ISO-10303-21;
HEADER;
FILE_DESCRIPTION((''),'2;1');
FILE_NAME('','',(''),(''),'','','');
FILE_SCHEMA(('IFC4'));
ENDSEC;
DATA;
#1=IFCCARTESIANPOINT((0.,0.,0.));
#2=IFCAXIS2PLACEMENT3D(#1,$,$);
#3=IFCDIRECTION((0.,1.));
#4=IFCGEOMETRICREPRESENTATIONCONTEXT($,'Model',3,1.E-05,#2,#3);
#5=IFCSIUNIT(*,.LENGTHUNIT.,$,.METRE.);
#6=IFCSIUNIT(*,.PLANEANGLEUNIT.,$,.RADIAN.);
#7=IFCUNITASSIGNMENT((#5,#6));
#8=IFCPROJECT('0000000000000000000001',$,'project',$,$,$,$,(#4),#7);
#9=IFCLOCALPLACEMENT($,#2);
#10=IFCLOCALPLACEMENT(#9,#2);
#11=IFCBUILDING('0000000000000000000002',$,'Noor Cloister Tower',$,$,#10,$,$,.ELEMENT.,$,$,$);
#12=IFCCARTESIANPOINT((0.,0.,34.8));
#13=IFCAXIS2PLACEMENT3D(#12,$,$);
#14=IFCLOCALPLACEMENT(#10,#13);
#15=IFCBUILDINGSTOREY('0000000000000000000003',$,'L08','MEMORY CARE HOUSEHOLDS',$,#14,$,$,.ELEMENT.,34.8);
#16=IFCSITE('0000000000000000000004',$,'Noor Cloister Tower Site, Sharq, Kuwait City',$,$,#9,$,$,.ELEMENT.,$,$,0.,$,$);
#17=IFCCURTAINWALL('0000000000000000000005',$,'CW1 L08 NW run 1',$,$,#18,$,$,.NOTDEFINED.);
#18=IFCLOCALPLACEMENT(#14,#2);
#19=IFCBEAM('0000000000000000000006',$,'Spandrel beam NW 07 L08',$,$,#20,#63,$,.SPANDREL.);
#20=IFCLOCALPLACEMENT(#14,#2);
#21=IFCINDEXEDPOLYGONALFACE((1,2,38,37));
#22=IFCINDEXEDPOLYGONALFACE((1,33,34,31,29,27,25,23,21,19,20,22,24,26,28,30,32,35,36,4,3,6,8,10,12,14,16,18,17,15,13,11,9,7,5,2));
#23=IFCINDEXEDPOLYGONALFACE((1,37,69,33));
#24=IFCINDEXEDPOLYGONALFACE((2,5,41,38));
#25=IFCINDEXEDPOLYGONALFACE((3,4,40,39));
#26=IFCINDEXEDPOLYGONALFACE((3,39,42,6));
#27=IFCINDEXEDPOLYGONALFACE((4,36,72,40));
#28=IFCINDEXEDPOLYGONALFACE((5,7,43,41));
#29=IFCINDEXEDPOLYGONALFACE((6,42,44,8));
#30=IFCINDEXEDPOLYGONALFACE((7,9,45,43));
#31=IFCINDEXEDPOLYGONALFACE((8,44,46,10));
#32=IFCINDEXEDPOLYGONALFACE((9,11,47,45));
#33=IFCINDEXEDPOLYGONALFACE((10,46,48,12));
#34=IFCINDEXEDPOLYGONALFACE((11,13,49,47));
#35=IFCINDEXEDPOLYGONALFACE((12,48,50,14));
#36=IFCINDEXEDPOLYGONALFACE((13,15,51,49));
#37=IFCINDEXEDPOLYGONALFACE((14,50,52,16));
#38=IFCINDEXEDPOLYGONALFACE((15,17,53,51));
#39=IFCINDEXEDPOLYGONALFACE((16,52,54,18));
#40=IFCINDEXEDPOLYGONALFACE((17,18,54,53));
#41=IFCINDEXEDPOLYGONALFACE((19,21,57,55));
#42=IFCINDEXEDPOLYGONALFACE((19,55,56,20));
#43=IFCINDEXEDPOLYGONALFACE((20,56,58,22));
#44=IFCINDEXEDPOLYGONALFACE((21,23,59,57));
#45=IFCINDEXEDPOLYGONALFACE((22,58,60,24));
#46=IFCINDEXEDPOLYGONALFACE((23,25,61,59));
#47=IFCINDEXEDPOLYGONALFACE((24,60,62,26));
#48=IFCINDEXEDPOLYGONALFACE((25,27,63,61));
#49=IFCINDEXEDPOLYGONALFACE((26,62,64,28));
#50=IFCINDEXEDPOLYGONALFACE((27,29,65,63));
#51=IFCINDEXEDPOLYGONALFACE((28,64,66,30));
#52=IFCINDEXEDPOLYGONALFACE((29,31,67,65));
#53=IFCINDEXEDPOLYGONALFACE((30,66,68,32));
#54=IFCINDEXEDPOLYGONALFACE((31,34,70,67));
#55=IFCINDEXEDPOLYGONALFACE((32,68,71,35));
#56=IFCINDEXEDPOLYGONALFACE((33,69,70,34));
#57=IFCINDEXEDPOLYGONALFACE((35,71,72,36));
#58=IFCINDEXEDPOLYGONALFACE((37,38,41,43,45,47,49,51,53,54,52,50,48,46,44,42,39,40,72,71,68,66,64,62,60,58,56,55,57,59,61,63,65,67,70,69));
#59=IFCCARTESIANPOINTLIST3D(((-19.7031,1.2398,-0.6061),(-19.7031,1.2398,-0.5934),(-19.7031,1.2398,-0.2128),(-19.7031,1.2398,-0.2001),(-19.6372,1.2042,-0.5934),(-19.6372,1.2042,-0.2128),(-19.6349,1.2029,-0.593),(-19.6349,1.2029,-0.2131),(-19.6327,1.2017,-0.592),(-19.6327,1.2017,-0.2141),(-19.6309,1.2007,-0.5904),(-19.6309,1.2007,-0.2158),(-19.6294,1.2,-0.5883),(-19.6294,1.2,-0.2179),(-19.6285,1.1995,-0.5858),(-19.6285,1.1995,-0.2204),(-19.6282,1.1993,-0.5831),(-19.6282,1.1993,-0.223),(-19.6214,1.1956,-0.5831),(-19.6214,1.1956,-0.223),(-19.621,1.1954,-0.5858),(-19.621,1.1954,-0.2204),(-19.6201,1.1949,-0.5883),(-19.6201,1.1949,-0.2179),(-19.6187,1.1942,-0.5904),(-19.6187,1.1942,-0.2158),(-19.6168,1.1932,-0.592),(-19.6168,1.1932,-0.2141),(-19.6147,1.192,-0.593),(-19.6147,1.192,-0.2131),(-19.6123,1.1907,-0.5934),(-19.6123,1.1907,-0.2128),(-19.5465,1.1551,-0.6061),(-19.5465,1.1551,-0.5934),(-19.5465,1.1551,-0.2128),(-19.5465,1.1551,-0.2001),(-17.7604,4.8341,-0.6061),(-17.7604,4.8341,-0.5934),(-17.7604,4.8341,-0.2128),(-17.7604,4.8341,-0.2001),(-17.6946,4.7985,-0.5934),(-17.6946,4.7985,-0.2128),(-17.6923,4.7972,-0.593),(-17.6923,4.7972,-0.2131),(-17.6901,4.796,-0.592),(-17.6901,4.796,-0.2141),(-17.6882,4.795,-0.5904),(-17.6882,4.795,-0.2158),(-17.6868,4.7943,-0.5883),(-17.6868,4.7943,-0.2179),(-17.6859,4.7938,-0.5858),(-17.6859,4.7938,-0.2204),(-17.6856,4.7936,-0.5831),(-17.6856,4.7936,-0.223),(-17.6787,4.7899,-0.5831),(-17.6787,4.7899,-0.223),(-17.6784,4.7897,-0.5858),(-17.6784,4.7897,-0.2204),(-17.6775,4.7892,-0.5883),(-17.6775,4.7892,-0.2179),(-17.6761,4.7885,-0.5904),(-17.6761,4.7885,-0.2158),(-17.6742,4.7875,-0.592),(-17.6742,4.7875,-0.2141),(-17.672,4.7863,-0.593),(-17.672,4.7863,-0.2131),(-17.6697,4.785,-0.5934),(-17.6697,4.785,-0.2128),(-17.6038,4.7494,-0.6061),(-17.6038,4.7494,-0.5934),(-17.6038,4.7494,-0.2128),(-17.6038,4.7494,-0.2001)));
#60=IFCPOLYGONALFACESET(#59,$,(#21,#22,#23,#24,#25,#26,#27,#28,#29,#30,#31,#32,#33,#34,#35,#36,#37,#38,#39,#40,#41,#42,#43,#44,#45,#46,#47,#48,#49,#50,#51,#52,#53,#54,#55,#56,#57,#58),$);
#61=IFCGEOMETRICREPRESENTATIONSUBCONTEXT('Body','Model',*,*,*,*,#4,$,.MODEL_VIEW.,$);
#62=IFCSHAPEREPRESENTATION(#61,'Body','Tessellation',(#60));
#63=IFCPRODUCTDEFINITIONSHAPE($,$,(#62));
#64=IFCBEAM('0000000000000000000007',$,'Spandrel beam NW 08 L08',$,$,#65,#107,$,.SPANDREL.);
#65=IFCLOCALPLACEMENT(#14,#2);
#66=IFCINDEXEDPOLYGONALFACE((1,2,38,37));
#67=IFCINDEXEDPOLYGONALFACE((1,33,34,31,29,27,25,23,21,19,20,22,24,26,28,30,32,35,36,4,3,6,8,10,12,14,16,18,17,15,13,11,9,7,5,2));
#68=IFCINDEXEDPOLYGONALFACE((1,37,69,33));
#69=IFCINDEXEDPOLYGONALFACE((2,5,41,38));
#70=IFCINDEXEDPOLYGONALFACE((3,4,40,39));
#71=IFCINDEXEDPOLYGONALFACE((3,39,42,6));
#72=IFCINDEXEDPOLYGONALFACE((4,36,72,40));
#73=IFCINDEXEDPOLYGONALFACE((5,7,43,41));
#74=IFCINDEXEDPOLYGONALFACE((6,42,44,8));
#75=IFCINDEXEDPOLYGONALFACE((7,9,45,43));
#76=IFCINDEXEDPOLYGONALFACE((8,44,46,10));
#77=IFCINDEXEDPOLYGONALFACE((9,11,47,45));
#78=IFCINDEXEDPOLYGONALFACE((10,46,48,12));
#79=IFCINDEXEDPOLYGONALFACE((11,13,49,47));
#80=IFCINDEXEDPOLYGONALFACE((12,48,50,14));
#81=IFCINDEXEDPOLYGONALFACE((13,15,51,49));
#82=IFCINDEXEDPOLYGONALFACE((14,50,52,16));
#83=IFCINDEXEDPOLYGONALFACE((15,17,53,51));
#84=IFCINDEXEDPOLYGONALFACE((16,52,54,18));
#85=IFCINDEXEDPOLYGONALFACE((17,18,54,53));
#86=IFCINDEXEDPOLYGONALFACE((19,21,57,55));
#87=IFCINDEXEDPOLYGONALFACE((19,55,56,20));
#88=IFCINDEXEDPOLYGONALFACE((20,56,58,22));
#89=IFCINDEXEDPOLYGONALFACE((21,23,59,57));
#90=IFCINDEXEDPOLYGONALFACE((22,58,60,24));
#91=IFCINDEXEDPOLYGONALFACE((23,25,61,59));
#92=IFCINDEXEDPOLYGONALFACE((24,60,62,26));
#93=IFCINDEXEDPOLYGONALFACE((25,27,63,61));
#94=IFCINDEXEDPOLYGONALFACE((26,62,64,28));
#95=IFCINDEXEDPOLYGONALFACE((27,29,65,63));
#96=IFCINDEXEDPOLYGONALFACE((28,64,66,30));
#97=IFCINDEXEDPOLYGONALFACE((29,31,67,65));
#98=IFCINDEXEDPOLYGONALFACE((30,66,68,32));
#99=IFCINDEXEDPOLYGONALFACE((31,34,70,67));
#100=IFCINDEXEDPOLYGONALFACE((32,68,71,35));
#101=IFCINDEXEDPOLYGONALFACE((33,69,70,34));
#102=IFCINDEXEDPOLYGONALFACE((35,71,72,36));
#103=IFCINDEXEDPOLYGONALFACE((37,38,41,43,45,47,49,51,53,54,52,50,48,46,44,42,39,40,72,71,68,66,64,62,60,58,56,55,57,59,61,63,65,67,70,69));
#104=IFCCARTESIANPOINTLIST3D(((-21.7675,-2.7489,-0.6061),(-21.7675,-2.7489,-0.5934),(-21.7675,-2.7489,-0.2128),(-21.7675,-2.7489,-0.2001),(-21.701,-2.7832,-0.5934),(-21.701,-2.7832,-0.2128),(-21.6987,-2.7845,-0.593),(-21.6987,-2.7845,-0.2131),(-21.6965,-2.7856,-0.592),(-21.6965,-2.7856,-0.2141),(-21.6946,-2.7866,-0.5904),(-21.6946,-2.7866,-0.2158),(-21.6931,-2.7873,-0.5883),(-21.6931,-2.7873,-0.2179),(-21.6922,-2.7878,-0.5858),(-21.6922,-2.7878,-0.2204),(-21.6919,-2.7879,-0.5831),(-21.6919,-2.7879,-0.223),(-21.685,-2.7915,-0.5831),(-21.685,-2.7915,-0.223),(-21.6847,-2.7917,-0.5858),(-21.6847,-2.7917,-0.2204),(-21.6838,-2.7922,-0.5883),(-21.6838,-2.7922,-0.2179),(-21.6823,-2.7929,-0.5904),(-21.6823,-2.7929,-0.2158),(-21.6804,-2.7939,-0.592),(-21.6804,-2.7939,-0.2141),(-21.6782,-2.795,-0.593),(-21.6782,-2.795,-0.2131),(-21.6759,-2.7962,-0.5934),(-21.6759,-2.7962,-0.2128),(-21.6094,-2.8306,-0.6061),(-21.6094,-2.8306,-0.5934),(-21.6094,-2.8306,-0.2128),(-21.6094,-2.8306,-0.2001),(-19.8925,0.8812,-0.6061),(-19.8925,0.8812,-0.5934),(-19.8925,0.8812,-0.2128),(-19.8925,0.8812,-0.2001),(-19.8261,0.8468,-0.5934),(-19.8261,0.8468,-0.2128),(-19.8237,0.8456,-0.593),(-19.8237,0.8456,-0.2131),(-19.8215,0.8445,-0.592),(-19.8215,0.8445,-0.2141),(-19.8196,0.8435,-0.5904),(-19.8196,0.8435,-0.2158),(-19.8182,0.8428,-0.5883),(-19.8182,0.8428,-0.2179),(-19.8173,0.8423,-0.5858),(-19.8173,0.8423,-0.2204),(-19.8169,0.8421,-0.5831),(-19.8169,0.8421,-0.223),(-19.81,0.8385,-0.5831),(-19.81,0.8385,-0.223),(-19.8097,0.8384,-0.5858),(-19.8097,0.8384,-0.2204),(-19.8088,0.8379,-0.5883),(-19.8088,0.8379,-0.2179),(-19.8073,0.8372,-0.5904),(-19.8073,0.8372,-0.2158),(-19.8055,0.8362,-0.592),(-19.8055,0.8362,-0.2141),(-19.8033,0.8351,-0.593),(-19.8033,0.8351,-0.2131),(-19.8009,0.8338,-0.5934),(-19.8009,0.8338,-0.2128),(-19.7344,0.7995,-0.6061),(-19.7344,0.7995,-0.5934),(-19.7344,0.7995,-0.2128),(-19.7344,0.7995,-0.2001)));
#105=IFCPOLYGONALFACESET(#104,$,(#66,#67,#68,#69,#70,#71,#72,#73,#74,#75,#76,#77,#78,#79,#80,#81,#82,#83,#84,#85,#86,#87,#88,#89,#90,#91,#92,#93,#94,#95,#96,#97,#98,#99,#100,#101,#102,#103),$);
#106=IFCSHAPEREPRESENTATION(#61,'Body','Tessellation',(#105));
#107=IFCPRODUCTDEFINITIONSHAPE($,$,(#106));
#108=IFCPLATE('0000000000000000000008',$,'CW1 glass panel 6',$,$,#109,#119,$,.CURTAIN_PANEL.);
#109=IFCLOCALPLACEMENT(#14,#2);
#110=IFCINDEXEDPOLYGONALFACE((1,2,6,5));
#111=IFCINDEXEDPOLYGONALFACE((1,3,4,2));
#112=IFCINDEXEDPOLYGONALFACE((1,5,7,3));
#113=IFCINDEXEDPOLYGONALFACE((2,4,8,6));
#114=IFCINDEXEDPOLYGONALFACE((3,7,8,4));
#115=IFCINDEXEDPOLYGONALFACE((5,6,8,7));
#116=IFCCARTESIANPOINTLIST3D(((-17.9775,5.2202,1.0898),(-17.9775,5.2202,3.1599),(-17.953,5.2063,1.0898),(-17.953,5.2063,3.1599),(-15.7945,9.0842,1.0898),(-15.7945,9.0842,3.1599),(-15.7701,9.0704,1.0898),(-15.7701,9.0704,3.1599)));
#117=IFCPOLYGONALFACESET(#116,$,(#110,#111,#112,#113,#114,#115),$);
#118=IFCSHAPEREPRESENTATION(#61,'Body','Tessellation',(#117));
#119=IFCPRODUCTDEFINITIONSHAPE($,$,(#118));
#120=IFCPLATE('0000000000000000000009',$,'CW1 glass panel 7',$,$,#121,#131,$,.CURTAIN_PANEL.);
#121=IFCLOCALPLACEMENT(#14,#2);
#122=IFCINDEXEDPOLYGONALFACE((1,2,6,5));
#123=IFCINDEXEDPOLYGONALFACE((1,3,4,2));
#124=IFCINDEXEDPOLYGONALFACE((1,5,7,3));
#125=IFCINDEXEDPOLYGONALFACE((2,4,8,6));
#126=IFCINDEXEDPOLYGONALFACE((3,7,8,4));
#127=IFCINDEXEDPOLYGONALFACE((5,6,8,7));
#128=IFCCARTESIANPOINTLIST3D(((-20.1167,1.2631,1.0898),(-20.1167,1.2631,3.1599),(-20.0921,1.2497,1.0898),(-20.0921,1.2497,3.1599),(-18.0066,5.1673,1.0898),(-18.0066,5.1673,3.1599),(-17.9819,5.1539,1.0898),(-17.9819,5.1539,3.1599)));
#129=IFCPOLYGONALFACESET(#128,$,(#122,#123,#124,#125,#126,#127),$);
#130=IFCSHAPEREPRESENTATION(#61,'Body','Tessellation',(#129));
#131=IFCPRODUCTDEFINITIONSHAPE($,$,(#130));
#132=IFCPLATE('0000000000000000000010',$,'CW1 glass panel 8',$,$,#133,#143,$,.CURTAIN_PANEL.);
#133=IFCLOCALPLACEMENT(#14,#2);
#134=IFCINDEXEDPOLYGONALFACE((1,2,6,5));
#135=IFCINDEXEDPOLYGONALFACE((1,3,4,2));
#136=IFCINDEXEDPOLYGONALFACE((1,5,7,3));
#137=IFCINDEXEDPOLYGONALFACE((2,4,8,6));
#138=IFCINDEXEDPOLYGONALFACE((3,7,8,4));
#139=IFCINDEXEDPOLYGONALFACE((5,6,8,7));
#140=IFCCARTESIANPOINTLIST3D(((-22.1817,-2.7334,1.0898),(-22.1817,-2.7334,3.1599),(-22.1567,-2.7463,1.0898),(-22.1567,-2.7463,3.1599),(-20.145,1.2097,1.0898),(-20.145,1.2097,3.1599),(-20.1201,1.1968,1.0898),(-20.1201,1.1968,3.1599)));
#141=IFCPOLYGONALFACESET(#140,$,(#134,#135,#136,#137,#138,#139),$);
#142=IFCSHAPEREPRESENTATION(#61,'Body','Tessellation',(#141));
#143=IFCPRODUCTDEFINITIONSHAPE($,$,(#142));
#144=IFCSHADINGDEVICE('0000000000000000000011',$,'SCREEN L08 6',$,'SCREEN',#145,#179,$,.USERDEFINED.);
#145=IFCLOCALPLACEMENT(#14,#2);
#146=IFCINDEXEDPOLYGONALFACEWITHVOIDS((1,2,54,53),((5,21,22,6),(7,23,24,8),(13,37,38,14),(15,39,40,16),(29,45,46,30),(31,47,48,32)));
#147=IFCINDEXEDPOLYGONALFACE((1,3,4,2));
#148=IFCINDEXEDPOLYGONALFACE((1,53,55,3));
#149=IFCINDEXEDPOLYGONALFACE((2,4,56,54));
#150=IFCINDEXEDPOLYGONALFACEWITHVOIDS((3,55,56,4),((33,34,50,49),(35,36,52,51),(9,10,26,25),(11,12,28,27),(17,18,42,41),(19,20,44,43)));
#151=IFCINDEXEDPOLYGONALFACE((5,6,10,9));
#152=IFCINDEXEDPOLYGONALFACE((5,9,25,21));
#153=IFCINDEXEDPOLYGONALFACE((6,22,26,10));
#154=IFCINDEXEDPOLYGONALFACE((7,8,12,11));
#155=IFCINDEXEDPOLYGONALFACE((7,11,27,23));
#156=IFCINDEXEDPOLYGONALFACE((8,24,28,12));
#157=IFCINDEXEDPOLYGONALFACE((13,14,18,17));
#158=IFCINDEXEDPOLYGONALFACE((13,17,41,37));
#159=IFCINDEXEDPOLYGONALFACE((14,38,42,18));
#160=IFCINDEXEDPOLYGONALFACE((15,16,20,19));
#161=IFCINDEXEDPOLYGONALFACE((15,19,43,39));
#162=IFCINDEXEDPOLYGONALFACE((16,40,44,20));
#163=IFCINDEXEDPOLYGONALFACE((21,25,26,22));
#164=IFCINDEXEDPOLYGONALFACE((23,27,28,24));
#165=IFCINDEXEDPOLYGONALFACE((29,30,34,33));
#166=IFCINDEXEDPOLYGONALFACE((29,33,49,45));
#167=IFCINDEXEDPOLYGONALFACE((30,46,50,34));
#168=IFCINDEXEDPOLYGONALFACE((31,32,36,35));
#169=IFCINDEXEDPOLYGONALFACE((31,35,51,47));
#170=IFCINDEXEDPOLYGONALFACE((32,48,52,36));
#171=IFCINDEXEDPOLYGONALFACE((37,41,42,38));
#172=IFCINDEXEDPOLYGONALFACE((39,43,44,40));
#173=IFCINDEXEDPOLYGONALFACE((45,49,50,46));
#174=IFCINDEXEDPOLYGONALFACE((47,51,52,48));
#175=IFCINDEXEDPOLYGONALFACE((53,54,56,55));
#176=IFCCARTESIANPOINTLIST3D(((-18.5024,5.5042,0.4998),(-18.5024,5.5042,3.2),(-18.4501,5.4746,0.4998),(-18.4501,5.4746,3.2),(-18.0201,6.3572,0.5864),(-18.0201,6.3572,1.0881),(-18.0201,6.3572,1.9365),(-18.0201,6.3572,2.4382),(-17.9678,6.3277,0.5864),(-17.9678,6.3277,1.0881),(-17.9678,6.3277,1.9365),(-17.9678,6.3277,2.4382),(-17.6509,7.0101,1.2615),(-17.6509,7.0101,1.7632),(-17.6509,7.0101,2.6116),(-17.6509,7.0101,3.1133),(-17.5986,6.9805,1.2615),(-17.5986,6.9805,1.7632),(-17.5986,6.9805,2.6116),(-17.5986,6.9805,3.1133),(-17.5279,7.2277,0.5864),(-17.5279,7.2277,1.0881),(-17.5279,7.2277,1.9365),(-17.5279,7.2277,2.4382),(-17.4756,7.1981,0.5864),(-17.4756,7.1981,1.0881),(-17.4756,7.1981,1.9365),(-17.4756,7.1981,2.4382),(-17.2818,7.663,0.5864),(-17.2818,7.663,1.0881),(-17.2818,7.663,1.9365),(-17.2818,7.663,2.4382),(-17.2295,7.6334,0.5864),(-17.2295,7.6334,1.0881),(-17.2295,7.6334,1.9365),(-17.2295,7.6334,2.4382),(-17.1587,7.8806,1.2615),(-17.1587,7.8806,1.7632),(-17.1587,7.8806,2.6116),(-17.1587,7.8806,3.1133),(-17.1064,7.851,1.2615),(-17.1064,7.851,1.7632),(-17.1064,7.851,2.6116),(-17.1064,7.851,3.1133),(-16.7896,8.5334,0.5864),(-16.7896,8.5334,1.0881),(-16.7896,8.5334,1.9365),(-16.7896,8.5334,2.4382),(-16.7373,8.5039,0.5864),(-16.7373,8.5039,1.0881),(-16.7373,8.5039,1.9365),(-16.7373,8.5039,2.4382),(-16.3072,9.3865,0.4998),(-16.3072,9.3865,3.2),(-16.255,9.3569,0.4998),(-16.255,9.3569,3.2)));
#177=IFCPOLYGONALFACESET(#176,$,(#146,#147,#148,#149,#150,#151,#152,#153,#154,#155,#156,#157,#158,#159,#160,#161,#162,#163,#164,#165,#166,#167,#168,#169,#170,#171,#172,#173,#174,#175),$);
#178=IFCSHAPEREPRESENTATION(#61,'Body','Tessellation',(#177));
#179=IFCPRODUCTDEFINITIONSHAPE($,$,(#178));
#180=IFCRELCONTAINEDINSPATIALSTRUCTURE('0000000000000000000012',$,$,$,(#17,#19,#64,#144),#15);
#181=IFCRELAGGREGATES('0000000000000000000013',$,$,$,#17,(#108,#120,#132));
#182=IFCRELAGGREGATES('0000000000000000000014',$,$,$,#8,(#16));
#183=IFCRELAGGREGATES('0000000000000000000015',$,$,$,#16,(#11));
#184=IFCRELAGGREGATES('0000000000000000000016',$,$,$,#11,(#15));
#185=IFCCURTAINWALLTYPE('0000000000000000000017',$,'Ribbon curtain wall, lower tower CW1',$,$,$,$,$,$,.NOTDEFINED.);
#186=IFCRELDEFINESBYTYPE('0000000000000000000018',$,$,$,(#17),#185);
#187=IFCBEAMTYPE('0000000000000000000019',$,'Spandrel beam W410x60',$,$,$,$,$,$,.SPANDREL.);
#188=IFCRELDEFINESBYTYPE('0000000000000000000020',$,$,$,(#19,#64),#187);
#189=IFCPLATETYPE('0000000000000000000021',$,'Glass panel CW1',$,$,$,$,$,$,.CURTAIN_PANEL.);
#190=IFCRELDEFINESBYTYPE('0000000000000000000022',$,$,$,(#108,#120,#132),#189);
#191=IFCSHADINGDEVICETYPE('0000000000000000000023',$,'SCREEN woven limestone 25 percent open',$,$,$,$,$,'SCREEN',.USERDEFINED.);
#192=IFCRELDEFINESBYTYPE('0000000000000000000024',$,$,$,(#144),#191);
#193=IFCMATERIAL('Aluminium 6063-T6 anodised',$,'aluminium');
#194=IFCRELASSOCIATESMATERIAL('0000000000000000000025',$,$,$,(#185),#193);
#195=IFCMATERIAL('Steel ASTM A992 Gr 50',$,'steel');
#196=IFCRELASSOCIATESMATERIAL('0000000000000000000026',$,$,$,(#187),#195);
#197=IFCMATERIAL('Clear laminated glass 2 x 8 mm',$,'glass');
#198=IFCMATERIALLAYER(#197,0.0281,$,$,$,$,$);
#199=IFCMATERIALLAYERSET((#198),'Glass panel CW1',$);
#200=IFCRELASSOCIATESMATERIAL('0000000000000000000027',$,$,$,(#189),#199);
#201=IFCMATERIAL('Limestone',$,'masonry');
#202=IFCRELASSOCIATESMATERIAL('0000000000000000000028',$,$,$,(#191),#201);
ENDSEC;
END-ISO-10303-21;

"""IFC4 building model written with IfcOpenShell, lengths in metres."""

from ifc_helpers import new_model, si_unit, direction, frame, origin, origin_2d, place, context, subcontext, project, spatial, polyline, rectangle, i_section, outline, extrude, material, layer, layer_set, material_profile, profile_set, type_object, element, aggregate, save


model = new_model("IFC4")

# Units and contexts
model_context = context("Model", 3, precision=1e-05, world=origin(), true_north=direction((0.0, 1.0)))
body_context = subcontext(model_context, "Body", "Model", "MODEL_VIEW")
ifc_project = project(units=[si_unit("LENGTHUNIT", "METRE"), si_unit("PLANEANGLEUNIT", "RADIAN")], contexts=[model_context])

# Site, building, storey
site_placement = place(None, origin())
site = spatial("IfcSite", under=ifc_project, at=site_placement, Name="Noor Cloister Tower Site, Sharq, Kuwait City", CompositionType="ELEMENT", RefElevation=0.0)
building_placement = place(site_placement, origin())
building = spatial("IfcBuilding", under=site, at=building_placement, Name="Noor Cloister Tower", CompositionType="ELEMENT")
storey_placement = place(building_placement, frame((0.0, 0.0, 34.8)))
storey = spatial("IfcBuildingStorey", under=building, at=storey_placement, Name="L08", Description="MEMORY CARE HOUSEHOLDS", CompositionType="ELEMENT", Elevation=34.8)

# Curtain wall
ifc_material_1 = material(Name="Aluminium 6063-T6 anodised", Category="aluminium")
curtain_wall_type = type_object("IfcCurtainWallType", Name="Ribbon curtain wall, lower tower CW1", PredefinedType="NOTDEFINED", material=ifc_material_1)
curtain_wall_placement = place(storey_placement, origin())
curtain_wall = element("IfcCurtainWall", 1, at=curtain_wall_placement, inside=storey, type_object=curtain_wall_type, Name="CW1 L08 NW run 1", PredefinedType="NOTDEFINED")

# Beams
ifc_material_2 = material(Name="Steel ASTM A992 Gr 50", Category="steel")
ifc_material_profile_1 = material_profile(ifc_material_2, i_section(OverallWidth=0.178, OverallDepth=0.406, WebThickness=0.0078, FlangeThickness=0.0127, FilletRadius=0.0103, at=origin_2d()), Name="W410x60")
ifc_profile_set_1 = profile_set([ifc_material_profile_1], Name="Steel ASTM A992 Gr 50")
beam_type_1 = type_object("IfcBeamType", Name="Spandrel beam W410x60", PredefinedType="SPANDREL", material=ifc_profile_set_1)
for number, where, z_axis, x_axis, name in (
    (2, (-17.6821, 4.7917, -0.4031), (-0.475478, -0.879727, 0.0), (0.879727, -0.475478, 0.0), "Spandrel beam NW 07 L08"),
    (3, (-19.8135, 0.8403, -0.4031), (-0.458911, -0.888482, 0.0), (0.888482, -0.458911, 0.0), "Spandrel beam NW 08 L08"),
):
    element("IfcBeam", number, at=place(storey_placement, frame(where, z_axis=z_axis, x_axis=x_axis)), inside=storey, type_object=beam_type_1, Name=name, PredefinedType="SPANDREL", context=body_context, shape_type="SweptSolid", body=[
        extrude(i_section(OverallWidth=0.178, OverallDepth=0.406, WebThickness=0.0078, FlangeThickness=0.0127, FilletRadius=0.0103, at=origin_2d()), origin(), (0.0, 0.0, 1.0), 4.0857),
    ])

# Plates
ifc_material_3 = material(Name="Clear laminated glass 2 x 8 mm", Category="glass")
ifc_layer = layer(ifc_material_3, 0.0281)
ifc_layer_set = layer_set([ifc_layer], Name="Glass panel CW1")
plate_type = type_object("IfcPlateType", Name="Glass panel CW1", PredefinedType="CURTAIN_PANEL", material=ifc_layer_set)
plate_1_placement = place(storey_placement, frame((-16.8738, 7.1453, 1.0898), z_axis=(0.0, 0.0, 1.0), x_axis=(-0.491869, -0.870669, 0.0)))
plate_1 = element("IfcPlate", 4, at=plate_1_placement, type_object=plate_type, Name="CW1 glass panel 6", PredefinedType="CURTAIN_PANEL", context=body_context, shape_type="SweptSolid", body=[
    extrude(rectangle(XDim=4.438, YDim=0.0281, at=origin_2d()), origin(), (0.0, 0.0, 1.0), 2.0701),
])
plate_2_placement = place(storey_placement, frame((-19.0493, 3.2085, 1.0898), z_axis=(0.0, 0.0, 1.0), x_axis=(-0.475478, -0.879727, 0.0)))
plate_2 = element("IfcPlate", 5, at=plate_2_placement, type_object=plate_type, Name="CW1 glass panel 7", PredefinedType="CURTAIN_PANEL", context=body_context, shape_type="SweptSolid", body=[
    extrude(rectangle(XDim=4.438, YDim=0.0281, at=origin_2d()), origin(), (0.0, 0.0, 1.0), 2.0701),
])
plate_3_placement = place(storey_placement, frame((-21.1509, -0.7683, 1.0898), z_axis=(0.0, 0.0, 1.0), x_axis=(-0.458921, -0.888477, 0.0)))
plate_3 = element("IfcPlate", 6, at=plate_3_placement, type_object=plate_type, Name="CW1 glass panel 8", PredefinedType="CURTAIN_PANEL", context=body_context, shape_type="SweptSolid", body=[
    extrude(rectangle(XDim=4.438, YDim=0.0281, at=origin_2d()), origin(), (0.0, 0.0, 1.0), 2.0701),
])
aggregate(curtain_wall, [plate_1, plate_2, plate_3])

# Shading device
ifc_material_4 = material(Name="Limestone", Category="masonry")
ifc_material_profile_2 = material_profile(ifc_material_4, outline(polyline([(-2.23, -1.3501), (2.23, -1.3501), (2.23, 1.3501), (-2.23, 1.3501), (-2.23, -1.3501)]), holes=[polyline([(-1.25, -1.2634), (-0.25, -1.2634), (-0.25, -0.7617), (-1.25, -0.7617), (-1.25, -1.2634)]), polyline([(0.25, -1.2634), (1.25, -1.2634), (1.25, -0.7617), (0.25, -0.7617), (0.25, -1.2634)]), polyline([(-0.5, -0.5884), (0.5, -0.5884), (0.5, -0.0867), (-0.5, -0.0867), (-0.5, -0.5884)]), polyline([(-1.25, 0.0867), (-0.25, 0.0867), (-0.25, 0.5884), (-1.25, 0.5884), (-1.25, 0.0867)]), polyline([(0.25, 0.0867), (1.25, 0.0867), (1.25, 0.5884), (0.25, 0.5884), (0.25, 0.0867)]), polyline([(-0.5, 0.7617), (0.5, 0.7617), (0.5, 1.2634), (-0.5, 1.2634), (-0.5, 0.7617)])]), Name="Woven screen 25 percent open")
ifc_profile_set_2 = profile_set([ifc_material_profile_2], Name="Limestone")
shading_device_type = type_object("IfcShadingDeviceType", Name="SCREEN woven limestone 25 percent open", ElementType="SCREEN", PredefinedType="USERDEFINED", material=ifc_profile_set_2)
for number, where, z_axis, x_axis, name in (
    (7, (-17.3525, 7.4158, 1.8499), (-0.870487, 0.492191, 0.0), (-0.492191, -0.870487, 0.0), "SCREEN L08 6"),
):
    element("IfcShadingDevice", number, at=place(storey_placement, frame(where, z_axis=z_axis, x_axis=x_axis)), inside=storey, type_object=shading_device_type, Name=name, ObjectType="SCREEN", PredefinedType="USERDEFINED", context=body_context, shape_type="SweptSolid", body=[
        extrude(outline(polyline([(-2.23, -1.3501), (2.23, -1.3501), (2.23, 1.3501), (-2.23, 1.3501), (-2.23, -1.3501)]), holes=[polyline([(-1.25, -1.2634), (-0.25, -1.2634), (-0.25, -0.7617), (-1.25, -0.7617), (-1.25, -1.2634)]), polyline([(0.25, -1.2634), (1.25, -1.2634), (1.25, -0.7617), (0.25, -0.7617), (0.25, -1.2634)]), polyline([(-0.5, -0.5884), (0.5, -0.5884), (0.5, -0.0867), (-0.5, -0.0867), (-0.5, -0.5884)]), polyline([(-1.25, 0.0867), (-0.25, 0.0867), (-0.25, 0.5884), (-1.25, 0.5884), (-1.25, 0.0867)]), polyline([(0.25, 0.0867), (1.25, 0.0867), (1.25, 0.5884), (0.25, 0.5884), (0.25, 0.0867)]), polyline([(-0.5, 0.7617), (0.5, 0.7617), (0.5, 1.2634), (-0.5, 1.2634), (-0.5, 0.7617)])]), origin(), (0.0, 0.0, 1.0), 0.0601),
    ])

save(model, "model.ifc")
